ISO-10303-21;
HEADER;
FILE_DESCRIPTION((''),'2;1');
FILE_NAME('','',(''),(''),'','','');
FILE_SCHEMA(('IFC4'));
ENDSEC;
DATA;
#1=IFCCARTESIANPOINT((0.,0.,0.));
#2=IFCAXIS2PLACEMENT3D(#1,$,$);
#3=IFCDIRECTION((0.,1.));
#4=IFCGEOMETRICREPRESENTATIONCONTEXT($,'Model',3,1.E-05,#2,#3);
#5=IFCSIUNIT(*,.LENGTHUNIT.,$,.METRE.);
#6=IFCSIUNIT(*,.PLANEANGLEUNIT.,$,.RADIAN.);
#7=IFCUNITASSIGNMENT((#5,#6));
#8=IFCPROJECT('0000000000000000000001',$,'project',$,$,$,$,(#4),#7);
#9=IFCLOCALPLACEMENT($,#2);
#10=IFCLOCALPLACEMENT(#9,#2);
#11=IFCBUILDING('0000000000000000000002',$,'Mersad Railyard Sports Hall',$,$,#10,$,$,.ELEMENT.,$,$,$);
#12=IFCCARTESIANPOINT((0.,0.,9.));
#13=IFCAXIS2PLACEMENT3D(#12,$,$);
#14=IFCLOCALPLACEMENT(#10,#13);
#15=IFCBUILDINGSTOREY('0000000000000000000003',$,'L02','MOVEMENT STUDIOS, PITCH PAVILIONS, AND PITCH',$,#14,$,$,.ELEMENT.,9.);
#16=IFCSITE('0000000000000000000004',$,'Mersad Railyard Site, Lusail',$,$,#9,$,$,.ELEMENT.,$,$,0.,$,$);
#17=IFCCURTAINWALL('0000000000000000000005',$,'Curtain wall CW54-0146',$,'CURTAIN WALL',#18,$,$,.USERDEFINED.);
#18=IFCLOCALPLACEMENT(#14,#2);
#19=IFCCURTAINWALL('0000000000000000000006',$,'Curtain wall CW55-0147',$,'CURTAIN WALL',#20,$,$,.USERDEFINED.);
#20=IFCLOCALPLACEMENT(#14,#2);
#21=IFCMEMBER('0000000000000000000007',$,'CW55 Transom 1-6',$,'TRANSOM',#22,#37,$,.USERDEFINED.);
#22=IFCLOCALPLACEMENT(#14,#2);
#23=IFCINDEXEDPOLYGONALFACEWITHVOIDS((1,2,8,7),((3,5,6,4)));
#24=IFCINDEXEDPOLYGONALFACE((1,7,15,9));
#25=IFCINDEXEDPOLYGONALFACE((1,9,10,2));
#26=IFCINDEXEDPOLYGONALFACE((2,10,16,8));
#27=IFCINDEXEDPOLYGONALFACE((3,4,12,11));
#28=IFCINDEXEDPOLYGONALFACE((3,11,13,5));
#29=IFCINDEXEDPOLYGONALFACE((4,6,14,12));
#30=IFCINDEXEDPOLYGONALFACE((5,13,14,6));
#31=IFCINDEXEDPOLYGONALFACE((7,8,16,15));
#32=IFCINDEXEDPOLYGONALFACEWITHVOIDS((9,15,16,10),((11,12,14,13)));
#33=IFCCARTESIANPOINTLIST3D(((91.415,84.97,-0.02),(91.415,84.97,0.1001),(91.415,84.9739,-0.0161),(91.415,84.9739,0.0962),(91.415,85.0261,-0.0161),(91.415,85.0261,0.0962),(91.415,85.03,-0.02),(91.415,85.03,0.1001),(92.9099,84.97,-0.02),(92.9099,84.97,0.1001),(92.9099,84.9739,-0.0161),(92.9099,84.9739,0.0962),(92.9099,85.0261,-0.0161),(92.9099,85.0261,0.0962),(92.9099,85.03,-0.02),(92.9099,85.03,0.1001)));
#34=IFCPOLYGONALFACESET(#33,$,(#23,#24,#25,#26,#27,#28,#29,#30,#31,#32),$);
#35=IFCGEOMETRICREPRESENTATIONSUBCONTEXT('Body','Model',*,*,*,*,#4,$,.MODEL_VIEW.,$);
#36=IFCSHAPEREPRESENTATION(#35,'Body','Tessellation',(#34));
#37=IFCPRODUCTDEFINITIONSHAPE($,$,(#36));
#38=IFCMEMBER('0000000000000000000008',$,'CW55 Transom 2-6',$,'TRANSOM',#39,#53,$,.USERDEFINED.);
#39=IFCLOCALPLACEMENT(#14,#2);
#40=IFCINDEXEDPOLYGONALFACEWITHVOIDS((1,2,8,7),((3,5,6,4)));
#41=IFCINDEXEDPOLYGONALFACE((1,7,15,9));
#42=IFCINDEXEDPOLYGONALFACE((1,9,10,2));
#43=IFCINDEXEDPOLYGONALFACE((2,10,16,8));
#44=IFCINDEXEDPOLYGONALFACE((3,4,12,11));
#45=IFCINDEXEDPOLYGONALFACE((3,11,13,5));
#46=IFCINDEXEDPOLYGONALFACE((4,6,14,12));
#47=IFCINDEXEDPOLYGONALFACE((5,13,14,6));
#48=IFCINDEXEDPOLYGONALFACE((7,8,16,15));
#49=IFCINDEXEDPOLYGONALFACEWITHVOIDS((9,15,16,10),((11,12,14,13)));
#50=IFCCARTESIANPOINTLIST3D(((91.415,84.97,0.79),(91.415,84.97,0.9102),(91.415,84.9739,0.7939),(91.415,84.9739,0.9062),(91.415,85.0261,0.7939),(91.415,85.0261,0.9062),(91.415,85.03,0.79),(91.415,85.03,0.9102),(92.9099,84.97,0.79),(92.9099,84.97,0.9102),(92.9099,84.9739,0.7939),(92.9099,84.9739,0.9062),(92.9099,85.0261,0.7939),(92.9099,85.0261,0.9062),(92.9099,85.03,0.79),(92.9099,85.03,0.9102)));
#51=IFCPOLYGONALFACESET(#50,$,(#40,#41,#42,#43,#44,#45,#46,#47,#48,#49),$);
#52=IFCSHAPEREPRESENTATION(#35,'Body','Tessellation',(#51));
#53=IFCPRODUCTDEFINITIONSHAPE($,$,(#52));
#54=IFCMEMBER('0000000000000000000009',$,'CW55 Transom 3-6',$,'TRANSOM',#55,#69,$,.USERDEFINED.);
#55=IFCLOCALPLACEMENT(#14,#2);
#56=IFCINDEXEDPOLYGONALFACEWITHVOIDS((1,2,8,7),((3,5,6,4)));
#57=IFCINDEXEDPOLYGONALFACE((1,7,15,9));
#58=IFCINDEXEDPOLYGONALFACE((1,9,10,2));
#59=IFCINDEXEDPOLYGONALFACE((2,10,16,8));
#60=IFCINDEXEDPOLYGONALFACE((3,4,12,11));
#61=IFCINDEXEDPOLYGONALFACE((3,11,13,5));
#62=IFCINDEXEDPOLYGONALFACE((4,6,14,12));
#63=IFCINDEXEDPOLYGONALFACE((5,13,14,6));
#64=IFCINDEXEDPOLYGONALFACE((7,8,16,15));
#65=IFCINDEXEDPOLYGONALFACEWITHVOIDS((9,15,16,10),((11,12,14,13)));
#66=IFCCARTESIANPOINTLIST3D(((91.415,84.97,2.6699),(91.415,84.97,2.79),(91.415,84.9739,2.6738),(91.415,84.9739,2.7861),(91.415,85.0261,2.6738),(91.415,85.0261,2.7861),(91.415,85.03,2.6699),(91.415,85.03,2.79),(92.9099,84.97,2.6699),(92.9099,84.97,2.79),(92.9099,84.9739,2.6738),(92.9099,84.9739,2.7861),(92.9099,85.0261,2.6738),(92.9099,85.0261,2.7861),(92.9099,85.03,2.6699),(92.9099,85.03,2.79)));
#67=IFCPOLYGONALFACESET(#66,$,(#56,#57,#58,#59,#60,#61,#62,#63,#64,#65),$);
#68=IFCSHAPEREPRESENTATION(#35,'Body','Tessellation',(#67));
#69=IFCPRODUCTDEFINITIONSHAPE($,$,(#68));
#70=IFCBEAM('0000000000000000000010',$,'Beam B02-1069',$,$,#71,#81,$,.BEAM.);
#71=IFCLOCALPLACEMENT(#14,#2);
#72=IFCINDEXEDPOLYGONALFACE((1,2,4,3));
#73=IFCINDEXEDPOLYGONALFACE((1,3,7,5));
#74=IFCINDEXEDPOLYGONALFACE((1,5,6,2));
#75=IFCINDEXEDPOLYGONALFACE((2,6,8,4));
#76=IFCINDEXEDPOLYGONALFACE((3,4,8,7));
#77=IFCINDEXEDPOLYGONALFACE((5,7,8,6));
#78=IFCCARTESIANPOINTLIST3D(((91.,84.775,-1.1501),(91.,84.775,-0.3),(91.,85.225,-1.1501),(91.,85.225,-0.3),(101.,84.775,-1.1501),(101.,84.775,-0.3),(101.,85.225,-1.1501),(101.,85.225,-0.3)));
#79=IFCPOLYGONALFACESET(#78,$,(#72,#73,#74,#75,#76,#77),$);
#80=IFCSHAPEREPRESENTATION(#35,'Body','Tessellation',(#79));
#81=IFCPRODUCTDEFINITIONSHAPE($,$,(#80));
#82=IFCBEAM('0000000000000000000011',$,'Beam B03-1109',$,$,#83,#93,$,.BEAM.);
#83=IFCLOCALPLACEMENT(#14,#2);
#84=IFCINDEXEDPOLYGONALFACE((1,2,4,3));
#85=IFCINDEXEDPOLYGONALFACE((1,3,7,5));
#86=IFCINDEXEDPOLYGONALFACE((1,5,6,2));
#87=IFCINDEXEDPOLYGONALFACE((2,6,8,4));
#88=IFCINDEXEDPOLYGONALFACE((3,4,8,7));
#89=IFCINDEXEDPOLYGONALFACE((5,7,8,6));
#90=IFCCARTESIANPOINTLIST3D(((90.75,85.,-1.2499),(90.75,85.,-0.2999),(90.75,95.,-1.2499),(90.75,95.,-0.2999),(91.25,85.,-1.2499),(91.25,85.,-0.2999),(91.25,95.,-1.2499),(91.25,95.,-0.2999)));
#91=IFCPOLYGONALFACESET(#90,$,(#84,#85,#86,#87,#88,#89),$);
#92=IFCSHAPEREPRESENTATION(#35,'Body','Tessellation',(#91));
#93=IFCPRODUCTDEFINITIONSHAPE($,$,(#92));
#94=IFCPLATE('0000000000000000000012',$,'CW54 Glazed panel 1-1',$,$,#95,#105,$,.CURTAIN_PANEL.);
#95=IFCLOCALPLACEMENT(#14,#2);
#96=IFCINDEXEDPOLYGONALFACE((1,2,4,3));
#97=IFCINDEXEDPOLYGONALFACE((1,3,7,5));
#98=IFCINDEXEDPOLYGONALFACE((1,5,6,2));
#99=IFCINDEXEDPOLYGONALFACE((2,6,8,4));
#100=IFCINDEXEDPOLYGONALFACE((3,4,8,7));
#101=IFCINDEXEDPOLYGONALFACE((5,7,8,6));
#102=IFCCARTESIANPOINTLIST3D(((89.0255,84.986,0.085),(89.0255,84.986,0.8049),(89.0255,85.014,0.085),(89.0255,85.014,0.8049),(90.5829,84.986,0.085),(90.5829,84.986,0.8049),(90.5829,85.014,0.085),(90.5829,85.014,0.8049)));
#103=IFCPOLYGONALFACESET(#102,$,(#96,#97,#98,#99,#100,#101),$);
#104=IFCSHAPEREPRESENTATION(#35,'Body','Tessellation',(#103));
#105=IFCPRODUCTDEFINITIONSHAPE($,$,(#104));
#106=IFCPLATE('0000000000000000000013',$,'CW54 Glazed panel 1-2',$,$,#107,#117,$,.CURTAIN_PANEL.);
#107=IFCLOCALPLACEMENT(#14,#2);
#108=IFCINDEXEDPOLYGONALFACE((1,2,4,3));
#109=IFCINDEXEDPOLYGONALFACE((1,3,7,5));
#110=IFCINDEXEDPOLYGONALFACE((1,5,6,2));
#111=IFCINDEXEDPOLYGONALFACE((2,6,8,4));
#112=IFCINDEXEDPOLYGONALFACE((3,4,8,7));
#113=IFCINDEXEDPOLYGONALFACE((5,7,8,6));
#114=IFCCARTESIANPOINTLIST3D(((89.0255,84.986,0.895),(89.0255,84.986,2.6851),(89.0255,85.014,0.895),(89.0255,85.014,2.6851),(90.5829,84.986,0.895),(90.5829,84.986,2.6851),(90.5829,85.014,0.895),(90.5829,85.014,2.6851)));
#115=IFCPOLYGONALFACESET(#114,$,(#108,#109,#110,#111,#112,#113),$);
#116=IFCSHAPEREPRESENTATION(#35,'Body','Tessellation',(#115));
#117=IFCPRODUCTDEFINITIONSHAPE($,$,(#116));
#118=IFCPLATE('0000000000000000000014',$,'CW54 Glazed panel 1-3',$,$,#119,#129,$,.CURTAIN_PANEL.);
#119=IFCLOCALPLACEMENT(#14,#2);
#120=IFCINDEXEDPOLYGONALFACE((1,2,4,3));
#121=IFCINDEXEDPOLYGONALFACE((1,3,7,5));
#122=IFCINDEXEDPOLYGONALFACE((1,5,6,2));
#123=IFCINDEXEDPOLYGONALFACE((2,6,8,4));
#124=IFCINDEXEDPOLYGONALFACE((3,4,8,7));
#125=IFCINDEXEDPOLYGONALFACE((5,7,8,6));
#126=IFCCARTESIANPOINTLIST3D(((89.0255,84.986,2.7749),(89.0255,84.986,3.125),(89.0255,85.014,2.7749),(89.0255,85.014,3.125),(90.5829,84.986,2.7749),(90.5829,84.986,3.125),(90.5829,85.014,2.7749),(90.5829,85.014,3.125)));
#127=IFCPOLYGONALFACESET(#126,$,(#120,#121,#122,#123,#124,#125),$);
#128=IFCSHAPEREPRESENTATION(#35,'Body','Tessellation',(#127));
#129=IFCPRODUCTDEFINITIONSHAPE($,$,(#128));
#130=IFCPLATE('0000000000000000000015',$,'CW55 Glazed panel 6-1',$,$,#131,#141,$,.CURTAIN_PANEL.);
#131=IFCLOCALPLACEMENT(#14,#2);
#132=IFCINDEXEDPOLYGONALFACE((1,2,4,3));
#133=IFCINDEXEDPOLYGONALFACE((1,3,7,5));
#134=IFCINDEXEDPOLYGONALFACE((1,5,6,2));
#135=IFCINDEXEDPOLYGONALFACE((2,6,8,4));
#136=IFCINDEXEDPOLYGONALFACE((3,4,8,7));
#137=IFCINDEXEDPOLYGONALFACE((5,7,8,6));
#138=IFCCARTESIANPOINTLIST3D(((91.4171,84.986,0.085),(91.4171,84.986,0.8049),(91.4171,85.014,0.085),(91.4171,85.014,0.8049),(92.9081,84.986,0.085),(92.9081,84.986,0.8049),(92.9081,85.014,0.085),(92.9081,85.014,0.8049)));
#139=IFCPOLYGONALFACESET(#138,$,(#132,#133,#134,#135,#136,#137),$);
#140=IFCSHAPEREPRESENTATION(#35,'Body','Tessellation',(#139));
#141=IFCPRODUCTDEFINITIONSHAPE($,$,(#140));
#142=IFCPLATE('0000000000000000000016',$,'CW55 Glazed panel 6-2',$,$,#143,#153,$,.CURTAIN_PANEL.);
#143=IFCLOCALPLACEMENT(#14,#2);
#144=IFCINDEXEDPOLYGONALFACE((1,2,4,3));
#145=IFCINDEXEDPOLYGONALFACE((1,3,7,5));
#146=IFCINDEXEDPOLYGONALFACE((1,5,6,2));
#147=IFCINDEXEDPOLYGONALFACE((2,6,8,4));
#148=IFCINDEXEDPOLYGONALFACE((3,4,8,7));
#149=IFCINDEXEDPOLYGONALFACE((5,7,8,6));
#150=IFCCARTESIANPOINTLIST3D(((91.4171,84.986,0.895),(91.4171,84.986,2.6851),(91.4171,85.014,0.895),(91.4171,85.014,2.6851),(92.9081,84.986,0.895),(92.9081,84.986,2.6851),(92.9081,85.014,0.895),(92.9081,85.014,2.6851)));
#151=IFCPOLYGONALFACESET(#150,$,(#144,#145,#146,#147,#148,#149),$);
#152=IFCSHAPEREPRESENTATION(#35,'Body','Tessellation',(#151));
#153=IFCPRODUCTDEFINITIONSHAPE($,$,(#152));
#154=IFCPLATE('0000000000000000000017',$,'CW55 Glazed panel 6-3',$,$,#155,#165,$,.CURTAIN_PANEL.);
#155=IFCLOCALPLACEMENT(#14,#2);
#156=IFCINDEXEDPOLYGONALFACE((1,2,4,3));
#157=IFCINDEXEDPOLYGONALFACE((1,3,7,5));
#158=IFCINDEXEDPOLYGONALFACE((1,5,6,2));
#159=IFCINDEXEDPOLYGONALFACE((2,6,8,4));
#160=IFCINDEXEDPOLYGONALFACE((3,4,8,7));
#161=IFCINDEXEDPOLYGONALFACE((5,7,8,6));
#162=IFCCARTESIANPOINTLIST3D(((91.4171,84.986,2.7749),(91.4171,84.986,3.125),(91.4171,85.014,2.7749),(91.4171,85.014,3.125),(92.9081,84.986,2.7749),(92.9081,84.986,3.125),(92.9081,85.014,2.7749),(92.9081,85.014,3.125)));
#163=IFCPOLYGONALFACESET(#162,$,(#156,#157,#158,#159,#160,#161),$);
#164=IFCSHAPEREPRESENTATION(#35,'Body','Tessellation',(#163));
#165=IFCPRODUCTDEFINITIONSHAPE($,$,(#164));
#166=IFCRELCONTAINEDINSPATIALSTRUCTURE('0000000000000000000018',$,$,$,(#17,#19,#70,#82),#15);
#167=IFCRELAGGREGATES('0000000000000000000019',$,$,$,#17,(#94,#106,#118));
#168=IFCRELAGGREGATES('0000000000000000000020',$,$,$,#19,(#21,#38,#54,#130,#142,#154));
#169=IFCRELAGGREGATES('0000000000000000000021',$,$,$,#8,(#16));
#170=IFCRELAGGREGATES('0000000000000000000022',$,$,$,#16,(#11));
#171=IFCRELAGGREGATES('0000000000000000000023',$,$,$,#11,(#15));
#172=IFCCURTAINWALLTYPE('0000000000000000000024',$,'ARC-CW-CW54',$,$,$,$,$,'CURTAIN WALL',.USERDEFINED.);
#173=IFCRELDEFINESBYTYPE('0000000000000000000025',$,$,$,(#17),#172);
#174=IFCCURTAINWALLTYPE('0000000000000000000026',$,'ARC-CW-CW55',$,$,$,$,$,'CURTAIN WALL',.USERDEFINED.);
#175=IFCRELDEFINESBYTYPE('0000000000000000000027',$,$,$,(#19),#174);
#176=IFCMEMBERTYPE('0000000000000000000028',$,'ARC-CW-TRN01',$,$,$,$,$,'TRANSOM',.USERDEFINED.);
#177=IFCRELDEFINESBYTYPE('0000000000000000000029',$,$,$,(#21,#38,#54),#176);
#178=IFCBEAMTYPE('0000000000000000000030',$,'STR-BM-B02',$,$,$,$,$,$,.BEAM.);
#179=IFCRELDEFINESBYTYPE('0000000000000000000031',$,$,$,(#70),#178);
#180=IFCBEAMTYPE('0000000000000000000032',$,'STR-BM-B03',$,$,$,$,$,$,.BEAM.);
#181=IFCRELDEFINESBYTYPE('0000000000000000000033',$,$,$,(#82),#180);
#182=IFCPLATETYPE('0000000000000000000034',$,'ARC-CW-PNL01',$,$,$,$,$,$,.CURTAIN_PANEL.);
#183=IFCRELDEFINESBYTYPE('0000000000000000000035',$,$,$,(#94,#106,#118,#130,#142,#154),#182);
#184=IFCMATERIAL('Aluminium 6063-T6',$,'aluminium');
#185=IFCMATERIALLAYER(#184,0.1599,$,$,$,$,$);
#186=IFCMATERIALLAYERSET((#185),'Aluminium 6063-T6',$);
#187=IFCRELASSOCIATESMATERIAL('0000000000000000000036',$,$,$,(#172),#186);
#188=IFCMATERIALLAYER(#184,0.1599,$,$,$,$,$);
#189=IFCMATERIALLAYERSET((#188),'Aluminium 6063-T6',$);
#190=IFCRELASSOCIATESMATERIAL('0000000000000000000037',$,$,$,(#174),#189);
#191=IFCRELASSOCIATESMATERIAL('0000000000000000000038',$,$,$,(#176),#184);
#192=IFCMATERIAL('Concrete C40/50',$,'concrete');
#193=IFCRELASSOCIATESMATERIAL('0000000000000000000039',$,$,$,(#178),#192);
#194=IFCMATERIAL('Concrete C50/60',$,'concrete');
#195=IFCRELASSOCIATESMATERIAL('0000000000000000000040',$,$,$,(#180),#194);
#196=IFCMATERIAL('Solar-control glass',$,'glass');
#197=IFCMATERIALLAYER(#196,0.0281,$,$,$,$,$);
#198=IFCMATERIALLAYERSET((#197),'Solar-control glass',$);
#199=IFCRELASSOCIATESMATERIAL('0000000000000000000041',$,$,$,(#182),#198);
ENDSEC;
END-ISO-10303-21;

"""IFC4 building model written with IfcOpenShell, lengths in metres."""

from ifc_helpers import new_model, si_unit, direction, frame, origin, origin_2d, place, context, subcontext, project, spatial, rectangle, hollow_rectangle, extrude, material, layer, layer_set, material_profile, profile_set, type_object, element, aggregate, save


model = new_model("IFC4")

# Units and contexts
model_context = context("Model", 3, precision=1e-05, world=origin(), true_north=direction((0.0, 1.0)))
body_context = subcontext(model_context, "Body", "Model", "MODEL_VIEW")
ifc_project = project(units=[si_unit("LENGTHUNIT", "METRE"), si_unit("PLANEANGLEUNIT", "RADIAN")], contexts=[model_context])

# Site, building, storey
site_placement = place(None, origin())
site = spatial("IfcSite", under=ifc_project, at=site_placement, Name="Mersad Railyard Site, Lusail", CompositionType="ELEMENT", RefElevation=0.0)
building_placement = place(site_placement, origin())
building = spatial("IfcBuilding", under=site, at=building_placement, Name="Mersad Railyard Sports Hall", CompositionType="ELEMENT")
storey_placement = place(building_placement, frame((0.0, 0.0, 9.0)))
storey = spatial("IfcBuildingStorey", under=building, at=storey_placement, Name="L02", Description="MOVEMENT STUDIOS, PITCH PAVILIONS, AND PITCH", CompositionType="ELEMENT", Elevation=9.0)

# Shared definitions
ifc_material_1 = material(Name="Concrete C50/60", Category="concrete")

# Curtain wall
ifc_material_2 = material(Name="Aluminium 6063-T6", Category="aluminium")
ifc_layer_1 = layer(ifc_material_2, 0.1599)
ifc_layer_set_1 = layer_set([ifc_layer_1], Name="Aluminium 6063-T6")
curtain_wall_type_1 = type_object("IfcCurtainWallType", Name="ARC-CW-CW54", ElementType="CURTAIN WALL", PredefinedType="USERDEFINED", material=ifc_layer_set_1)
curtain_wall_1_placement = place(storey_placement, origin())
curtain_wall_1 = element("IfcCurtainWall", 1, at=curtain_wall_1_placement, inside=storey, type_object=curtain_wall_type_1, Name="Curtain wall CW54-0146", ObjectType="CURTAIN WALL", PredefinedType="USERDEFINED")

# Curtain wall
ifc_layer_2 = layer(ifc_material_2, 0.1599)
ifc_layer_set_2 = layer_set([ifc_layer_2], Name="Aluminium 6063-T6")
curtain_wall_type_2 = type_object("IfcCurtainWallType", Name="ARC-CW-CW55", ElementType="CURTAIN WALL", PredefinedType="USERDEFINED", material=ifc_layer_set_2)
curtain_wall_2_placement = place(storey_placement, origin())
curtain_wall_2 = element("IfcCurtainWall", 2, at=curtain_wall_2_placement, inside=storey, type_object=curtain_wall_type_2, Name="Curtain wall CW55-0147", ObjectType="CURTAIN WALL", PredefinedType="USERDEFINED")

# Members
ifc_material_profile_1 = material_profile(ifc_material_2, hollow_rectangle(XDim=0.0601, YDim=0.1201, WallThickness=0.0039, at=origin_2d()), Name="AL TRANSOM 60x120x4")
ifc_profile_set_1 = profile_set([ifc_material_profile_1], Name="Aluminium 6063-T6")
member_type_1 = type_object("IfcMemberType", Name="ARC-CW-TRN01", ElementType="TRANSOM", PredefinedType="USERDEFINED", material=ifc_profile_set_1)
member_1_placement = place(storey_placement, frame((92.9099, 85.0, 0.04), z_axis=(-1.0, 0.0, 0.0), x_axis=(0.0, -1.0, 0.0)))
member_1 = element("IfcMember", 3, at=member_1_placement, type_object=member_type_1, Name="CW55 Transom 1-6", ObjectType="TRANSOM", PredefinedType="USERDEFINED", context=body_context, shape_type="SweptSolid", body=[
    extrude(hollow_rectangle(XDim=0.0601, YDim=0.1201, WallThickness=0.0039, at=origin_2d()), origin(), (0.0, 0.0, 1.0), 1.4949),
])
member_2_placement = place(storey_placement, frame((92.9099, 85.0, 0.8501), z_axis=(-1.0, 0.0, 0.0), x_axis=(0.0, -1.0, 0.0)))
member_2 = element("IfcMember", 4, at=member_2_placement, type_object=member_type_1, Name="CW55 Transom 2-6", ObjectType="TRANSOM", PredefinedType="USERDEFINED", context=body_context, shape_type="SweptSolid", body=[
    extrude(hollow_rectangle(XDim=0.0601, YDim=0.1201, WallThickness=0.0039, at=origin_2d()), origin(), (0.0, 0.0, 1.0), 1.4949),
])
member_3_placement = place(storey_placement, frame((92.9099, 85.0, 2.73), z_axis=(-1.0, 0.0, 0.0), x_axis=(0.0, -1.0, 0.0)))
member_3 = element("IfcMember", 5, at=member_3_placement, type_object=member_type_1, Name="CW55 Transom 3-6", ObjectType="TRANSOM", PredefinedType="USERDEFINED", context=body_context, shape_type="SweptSolid", body=[
    extrude(hollow_rectangle(XDim=0.0601, YDim=0.1201, WallThickness=0.0039, at=origin_2d()), origin(), (0.0, 0.0, 1.0), 1.4949),
])

# Beams
ifc_material_3 = material(Name="Concrete C40/50", Category="concrete")
ifc_material_profile_2 = material_profile(ifc_material_3, rectangle(XDim=0.45, YDim=0.8501, at=origin_2d()), Name="RC 450x850")
ifc_profile_set_2 = profile_set([ifc_material_profile_2], Name="Concrete C40/50")
beam_type_1 = type_object("IfcBeamType", Name="STR-BM-B02", PredefinedType="BEAM", material=ifc_profile_set_2)
beam_1_placement = place(storey_placement, frame((91.0, 85.0, -0.7251), z_axis=(1.0, 0.0, 0.0), x_axis=(0.0, 1.0, 0.0)))
element("IfcBeam", 6, at=beam_1_placement, inside=storey, type_object=beam_type_1, Name="Beam B02-1069", PredefinedType="BEAM", context=body_context, shape_type="SweptSolid", body=[
    extrude(rectangle(XDim=0.45, YDim=0.8501, at=origin_2d()), origin(), (0.0, 0.0, 1.0), 10.0),
])
ifc_material_profile_3 = material_profile(ifc_material_1, rectangle(XDim=0.5, YDim=0.95, at=origin_2d()), Name="RC 500x950")
ifc_profile_set_3 = profile_set([ifc_material_profile_3], Name="Concrete C50/60")
beam_type_2 = type_object("IfcBeamType", Name="STR-BM-B03", PredefinedType="BEAM", material=ifc_profile_set_3)
beam_2_placement = place(storey_placement, frame((91.0, 85.0, -0.7749), z_axis=(0.0, 1.0, 0.0), x_axis=(-1.0, 0.0, 0.0)))
element("IfcBeam", 7, at=beam_2_placement, inside=storey, type_object=beam_type_2, Name="Beam B03-1109", PredefinedType="BEAM", context=body_context, shape_type="SweptSolid", body=[
    extrude(rectangle(XDim=0.5, YDim=0.95, at=origin_2d()), origin(), (0.0, 0.0, 1.0), 10.0),
])

# Plates
ifc_material_4 = material(Name="Solar-control glass", Category="glass")
ifc_layer_3 = layer(ifc_material_4, 0.0281)
ifc_layer_set_3 = layer_set([ifc_layer_3], Name="Solar-control glass")
plate_type = type_object("IfcPlateType", Name="ARC-CW-PNL01", PredefinedType="CURTAIN_PANEL", material=ifc_layer_set_3)
plate_1_placement = place(storey_placement, frame((89.8042, 85.0, 0.085), z_axis=(0.0, 0.0, 1.0), x_axis=(-1.0, 0.0, 0.0)))
plate_1 = element("IfcPlate", 8, at=plate_1_placement, type_object=plate_type, Name="CW54 Glazed panel 1-1", PredefinedType="CURTAIN_PANEL", context=body_context, shape_type="SweptSolid", body=[
    extrude(rectangle(XDim=1.5574, YDim=0.0281, at=origin_2d()), origin(), (0.0, 0.0, 1.0), 0.72),
])
plate_2_placement = place(storey_placement, frame((89.8042, 85.0, 0.895), z_axis=(0.0, 0.0, 1.0), x_axis=(-1.0, 0.0, 0.0)))
plate_2 = element("IfcPlate", 9, at=plate_2_placement, type_object=plate_type, Name="CW54 Glazed panel 1-2", PredefinedType="CURTAIN_PANEL", context=body_context, shape_type="SweptSolid", body=[
    extrude(rectangle(XDim=1.5574, YDim=0.0281, at=origin_2d()), origin(), (0.0, 0.0, 1.0), 1.79),
])
plate_3_placement = place(storey_placement, frame((89.8042, 85.0, 2.7749), z_axis=(0.0, 0.0, 1.0), x_axis=(-1.0, 0.0, 0.0)))
plate_3 = element("IfcPlate", 10, at=plate_3_placement, type_object=plate_type, Name="CW54 Glazed panel 1-3", PredefinedType="CURTAIN_PANEL", context=body_context, shape_type="SweptSolid", body=[
    extrude(rectangle(XDim=1.5574, YDim=0.0281, at=origin_2d()), origin(), (0.0, 0.0, 1.0), 0.3501),
])
aggregate(curtain_wall_1, [plate_1, plate_2, plate_3])
plate_4_placement = place(storey_placement, frame((92.1626, 85.0, 0.085), z_axis=(0.0, 0.0, 1.0), x_axis=(-1.0, 0.0, 0.0)))
plate_4 = element("IfcPlate", 11, at=plate_4_placement, type_object=plate_type, Name="CW55 Glazed panel 6-1", PredefinedType="CURTAIN_PANEL", context=body_context, shape_type="SweptSolid", body=[
    extrude(rectangle(XDim=1.491, YDim=0.0281, at=origin_2d()), origin(), (0.0, 0.0, 1.0), 0.72),
])
plate_5_placement = place(storey_placement, frame((92.1626, 85.0, 0.895), z_axis=(0.0, 0.0, 1.0), x_axis=(-1.0, 0.0, 0.0)))
plate_5 = element("IfcPlate", 12, at=plate_5_placement, type_object=plate_type, Name="CW55 Glazed panel 6-2", PredefinedType="CURTAIN_PANEL", context=body_context, shape_type="SweptSolid", body=[
    extrude(rectangle(XDim=1.491, YDim=0.0281, at=origin_2d()), origin(), (0.0, 0.0, 1.0), 1.79),
])
plate_6_placement = place(storey_placement, frame((92.1626, 85.0, 2.7749), z_axis=(0.0, 0.0, 1.0), x_axis=(-1.0, 0.0, 0.0)))
plate_6 = element("IfcPlate", 13, at=plate_6_placement, type_object=plate_type, Name="CW55 Glazed panel 6-3", PredefinedType="CURTAIN_PANEL", context=body_context, shape_type="SweptSolid", body=[
    extrude(rectangle(XDim=1.491, YDim=0.0281, at=origin_2d()), origin(), (0.0, 0.0, 1.0), 0.3501),
])
aggregate(curtain_wall_2, [member_1, member_2, member_3, plate_4, plate_5, plate_6])

save(model, "model.ifc")
